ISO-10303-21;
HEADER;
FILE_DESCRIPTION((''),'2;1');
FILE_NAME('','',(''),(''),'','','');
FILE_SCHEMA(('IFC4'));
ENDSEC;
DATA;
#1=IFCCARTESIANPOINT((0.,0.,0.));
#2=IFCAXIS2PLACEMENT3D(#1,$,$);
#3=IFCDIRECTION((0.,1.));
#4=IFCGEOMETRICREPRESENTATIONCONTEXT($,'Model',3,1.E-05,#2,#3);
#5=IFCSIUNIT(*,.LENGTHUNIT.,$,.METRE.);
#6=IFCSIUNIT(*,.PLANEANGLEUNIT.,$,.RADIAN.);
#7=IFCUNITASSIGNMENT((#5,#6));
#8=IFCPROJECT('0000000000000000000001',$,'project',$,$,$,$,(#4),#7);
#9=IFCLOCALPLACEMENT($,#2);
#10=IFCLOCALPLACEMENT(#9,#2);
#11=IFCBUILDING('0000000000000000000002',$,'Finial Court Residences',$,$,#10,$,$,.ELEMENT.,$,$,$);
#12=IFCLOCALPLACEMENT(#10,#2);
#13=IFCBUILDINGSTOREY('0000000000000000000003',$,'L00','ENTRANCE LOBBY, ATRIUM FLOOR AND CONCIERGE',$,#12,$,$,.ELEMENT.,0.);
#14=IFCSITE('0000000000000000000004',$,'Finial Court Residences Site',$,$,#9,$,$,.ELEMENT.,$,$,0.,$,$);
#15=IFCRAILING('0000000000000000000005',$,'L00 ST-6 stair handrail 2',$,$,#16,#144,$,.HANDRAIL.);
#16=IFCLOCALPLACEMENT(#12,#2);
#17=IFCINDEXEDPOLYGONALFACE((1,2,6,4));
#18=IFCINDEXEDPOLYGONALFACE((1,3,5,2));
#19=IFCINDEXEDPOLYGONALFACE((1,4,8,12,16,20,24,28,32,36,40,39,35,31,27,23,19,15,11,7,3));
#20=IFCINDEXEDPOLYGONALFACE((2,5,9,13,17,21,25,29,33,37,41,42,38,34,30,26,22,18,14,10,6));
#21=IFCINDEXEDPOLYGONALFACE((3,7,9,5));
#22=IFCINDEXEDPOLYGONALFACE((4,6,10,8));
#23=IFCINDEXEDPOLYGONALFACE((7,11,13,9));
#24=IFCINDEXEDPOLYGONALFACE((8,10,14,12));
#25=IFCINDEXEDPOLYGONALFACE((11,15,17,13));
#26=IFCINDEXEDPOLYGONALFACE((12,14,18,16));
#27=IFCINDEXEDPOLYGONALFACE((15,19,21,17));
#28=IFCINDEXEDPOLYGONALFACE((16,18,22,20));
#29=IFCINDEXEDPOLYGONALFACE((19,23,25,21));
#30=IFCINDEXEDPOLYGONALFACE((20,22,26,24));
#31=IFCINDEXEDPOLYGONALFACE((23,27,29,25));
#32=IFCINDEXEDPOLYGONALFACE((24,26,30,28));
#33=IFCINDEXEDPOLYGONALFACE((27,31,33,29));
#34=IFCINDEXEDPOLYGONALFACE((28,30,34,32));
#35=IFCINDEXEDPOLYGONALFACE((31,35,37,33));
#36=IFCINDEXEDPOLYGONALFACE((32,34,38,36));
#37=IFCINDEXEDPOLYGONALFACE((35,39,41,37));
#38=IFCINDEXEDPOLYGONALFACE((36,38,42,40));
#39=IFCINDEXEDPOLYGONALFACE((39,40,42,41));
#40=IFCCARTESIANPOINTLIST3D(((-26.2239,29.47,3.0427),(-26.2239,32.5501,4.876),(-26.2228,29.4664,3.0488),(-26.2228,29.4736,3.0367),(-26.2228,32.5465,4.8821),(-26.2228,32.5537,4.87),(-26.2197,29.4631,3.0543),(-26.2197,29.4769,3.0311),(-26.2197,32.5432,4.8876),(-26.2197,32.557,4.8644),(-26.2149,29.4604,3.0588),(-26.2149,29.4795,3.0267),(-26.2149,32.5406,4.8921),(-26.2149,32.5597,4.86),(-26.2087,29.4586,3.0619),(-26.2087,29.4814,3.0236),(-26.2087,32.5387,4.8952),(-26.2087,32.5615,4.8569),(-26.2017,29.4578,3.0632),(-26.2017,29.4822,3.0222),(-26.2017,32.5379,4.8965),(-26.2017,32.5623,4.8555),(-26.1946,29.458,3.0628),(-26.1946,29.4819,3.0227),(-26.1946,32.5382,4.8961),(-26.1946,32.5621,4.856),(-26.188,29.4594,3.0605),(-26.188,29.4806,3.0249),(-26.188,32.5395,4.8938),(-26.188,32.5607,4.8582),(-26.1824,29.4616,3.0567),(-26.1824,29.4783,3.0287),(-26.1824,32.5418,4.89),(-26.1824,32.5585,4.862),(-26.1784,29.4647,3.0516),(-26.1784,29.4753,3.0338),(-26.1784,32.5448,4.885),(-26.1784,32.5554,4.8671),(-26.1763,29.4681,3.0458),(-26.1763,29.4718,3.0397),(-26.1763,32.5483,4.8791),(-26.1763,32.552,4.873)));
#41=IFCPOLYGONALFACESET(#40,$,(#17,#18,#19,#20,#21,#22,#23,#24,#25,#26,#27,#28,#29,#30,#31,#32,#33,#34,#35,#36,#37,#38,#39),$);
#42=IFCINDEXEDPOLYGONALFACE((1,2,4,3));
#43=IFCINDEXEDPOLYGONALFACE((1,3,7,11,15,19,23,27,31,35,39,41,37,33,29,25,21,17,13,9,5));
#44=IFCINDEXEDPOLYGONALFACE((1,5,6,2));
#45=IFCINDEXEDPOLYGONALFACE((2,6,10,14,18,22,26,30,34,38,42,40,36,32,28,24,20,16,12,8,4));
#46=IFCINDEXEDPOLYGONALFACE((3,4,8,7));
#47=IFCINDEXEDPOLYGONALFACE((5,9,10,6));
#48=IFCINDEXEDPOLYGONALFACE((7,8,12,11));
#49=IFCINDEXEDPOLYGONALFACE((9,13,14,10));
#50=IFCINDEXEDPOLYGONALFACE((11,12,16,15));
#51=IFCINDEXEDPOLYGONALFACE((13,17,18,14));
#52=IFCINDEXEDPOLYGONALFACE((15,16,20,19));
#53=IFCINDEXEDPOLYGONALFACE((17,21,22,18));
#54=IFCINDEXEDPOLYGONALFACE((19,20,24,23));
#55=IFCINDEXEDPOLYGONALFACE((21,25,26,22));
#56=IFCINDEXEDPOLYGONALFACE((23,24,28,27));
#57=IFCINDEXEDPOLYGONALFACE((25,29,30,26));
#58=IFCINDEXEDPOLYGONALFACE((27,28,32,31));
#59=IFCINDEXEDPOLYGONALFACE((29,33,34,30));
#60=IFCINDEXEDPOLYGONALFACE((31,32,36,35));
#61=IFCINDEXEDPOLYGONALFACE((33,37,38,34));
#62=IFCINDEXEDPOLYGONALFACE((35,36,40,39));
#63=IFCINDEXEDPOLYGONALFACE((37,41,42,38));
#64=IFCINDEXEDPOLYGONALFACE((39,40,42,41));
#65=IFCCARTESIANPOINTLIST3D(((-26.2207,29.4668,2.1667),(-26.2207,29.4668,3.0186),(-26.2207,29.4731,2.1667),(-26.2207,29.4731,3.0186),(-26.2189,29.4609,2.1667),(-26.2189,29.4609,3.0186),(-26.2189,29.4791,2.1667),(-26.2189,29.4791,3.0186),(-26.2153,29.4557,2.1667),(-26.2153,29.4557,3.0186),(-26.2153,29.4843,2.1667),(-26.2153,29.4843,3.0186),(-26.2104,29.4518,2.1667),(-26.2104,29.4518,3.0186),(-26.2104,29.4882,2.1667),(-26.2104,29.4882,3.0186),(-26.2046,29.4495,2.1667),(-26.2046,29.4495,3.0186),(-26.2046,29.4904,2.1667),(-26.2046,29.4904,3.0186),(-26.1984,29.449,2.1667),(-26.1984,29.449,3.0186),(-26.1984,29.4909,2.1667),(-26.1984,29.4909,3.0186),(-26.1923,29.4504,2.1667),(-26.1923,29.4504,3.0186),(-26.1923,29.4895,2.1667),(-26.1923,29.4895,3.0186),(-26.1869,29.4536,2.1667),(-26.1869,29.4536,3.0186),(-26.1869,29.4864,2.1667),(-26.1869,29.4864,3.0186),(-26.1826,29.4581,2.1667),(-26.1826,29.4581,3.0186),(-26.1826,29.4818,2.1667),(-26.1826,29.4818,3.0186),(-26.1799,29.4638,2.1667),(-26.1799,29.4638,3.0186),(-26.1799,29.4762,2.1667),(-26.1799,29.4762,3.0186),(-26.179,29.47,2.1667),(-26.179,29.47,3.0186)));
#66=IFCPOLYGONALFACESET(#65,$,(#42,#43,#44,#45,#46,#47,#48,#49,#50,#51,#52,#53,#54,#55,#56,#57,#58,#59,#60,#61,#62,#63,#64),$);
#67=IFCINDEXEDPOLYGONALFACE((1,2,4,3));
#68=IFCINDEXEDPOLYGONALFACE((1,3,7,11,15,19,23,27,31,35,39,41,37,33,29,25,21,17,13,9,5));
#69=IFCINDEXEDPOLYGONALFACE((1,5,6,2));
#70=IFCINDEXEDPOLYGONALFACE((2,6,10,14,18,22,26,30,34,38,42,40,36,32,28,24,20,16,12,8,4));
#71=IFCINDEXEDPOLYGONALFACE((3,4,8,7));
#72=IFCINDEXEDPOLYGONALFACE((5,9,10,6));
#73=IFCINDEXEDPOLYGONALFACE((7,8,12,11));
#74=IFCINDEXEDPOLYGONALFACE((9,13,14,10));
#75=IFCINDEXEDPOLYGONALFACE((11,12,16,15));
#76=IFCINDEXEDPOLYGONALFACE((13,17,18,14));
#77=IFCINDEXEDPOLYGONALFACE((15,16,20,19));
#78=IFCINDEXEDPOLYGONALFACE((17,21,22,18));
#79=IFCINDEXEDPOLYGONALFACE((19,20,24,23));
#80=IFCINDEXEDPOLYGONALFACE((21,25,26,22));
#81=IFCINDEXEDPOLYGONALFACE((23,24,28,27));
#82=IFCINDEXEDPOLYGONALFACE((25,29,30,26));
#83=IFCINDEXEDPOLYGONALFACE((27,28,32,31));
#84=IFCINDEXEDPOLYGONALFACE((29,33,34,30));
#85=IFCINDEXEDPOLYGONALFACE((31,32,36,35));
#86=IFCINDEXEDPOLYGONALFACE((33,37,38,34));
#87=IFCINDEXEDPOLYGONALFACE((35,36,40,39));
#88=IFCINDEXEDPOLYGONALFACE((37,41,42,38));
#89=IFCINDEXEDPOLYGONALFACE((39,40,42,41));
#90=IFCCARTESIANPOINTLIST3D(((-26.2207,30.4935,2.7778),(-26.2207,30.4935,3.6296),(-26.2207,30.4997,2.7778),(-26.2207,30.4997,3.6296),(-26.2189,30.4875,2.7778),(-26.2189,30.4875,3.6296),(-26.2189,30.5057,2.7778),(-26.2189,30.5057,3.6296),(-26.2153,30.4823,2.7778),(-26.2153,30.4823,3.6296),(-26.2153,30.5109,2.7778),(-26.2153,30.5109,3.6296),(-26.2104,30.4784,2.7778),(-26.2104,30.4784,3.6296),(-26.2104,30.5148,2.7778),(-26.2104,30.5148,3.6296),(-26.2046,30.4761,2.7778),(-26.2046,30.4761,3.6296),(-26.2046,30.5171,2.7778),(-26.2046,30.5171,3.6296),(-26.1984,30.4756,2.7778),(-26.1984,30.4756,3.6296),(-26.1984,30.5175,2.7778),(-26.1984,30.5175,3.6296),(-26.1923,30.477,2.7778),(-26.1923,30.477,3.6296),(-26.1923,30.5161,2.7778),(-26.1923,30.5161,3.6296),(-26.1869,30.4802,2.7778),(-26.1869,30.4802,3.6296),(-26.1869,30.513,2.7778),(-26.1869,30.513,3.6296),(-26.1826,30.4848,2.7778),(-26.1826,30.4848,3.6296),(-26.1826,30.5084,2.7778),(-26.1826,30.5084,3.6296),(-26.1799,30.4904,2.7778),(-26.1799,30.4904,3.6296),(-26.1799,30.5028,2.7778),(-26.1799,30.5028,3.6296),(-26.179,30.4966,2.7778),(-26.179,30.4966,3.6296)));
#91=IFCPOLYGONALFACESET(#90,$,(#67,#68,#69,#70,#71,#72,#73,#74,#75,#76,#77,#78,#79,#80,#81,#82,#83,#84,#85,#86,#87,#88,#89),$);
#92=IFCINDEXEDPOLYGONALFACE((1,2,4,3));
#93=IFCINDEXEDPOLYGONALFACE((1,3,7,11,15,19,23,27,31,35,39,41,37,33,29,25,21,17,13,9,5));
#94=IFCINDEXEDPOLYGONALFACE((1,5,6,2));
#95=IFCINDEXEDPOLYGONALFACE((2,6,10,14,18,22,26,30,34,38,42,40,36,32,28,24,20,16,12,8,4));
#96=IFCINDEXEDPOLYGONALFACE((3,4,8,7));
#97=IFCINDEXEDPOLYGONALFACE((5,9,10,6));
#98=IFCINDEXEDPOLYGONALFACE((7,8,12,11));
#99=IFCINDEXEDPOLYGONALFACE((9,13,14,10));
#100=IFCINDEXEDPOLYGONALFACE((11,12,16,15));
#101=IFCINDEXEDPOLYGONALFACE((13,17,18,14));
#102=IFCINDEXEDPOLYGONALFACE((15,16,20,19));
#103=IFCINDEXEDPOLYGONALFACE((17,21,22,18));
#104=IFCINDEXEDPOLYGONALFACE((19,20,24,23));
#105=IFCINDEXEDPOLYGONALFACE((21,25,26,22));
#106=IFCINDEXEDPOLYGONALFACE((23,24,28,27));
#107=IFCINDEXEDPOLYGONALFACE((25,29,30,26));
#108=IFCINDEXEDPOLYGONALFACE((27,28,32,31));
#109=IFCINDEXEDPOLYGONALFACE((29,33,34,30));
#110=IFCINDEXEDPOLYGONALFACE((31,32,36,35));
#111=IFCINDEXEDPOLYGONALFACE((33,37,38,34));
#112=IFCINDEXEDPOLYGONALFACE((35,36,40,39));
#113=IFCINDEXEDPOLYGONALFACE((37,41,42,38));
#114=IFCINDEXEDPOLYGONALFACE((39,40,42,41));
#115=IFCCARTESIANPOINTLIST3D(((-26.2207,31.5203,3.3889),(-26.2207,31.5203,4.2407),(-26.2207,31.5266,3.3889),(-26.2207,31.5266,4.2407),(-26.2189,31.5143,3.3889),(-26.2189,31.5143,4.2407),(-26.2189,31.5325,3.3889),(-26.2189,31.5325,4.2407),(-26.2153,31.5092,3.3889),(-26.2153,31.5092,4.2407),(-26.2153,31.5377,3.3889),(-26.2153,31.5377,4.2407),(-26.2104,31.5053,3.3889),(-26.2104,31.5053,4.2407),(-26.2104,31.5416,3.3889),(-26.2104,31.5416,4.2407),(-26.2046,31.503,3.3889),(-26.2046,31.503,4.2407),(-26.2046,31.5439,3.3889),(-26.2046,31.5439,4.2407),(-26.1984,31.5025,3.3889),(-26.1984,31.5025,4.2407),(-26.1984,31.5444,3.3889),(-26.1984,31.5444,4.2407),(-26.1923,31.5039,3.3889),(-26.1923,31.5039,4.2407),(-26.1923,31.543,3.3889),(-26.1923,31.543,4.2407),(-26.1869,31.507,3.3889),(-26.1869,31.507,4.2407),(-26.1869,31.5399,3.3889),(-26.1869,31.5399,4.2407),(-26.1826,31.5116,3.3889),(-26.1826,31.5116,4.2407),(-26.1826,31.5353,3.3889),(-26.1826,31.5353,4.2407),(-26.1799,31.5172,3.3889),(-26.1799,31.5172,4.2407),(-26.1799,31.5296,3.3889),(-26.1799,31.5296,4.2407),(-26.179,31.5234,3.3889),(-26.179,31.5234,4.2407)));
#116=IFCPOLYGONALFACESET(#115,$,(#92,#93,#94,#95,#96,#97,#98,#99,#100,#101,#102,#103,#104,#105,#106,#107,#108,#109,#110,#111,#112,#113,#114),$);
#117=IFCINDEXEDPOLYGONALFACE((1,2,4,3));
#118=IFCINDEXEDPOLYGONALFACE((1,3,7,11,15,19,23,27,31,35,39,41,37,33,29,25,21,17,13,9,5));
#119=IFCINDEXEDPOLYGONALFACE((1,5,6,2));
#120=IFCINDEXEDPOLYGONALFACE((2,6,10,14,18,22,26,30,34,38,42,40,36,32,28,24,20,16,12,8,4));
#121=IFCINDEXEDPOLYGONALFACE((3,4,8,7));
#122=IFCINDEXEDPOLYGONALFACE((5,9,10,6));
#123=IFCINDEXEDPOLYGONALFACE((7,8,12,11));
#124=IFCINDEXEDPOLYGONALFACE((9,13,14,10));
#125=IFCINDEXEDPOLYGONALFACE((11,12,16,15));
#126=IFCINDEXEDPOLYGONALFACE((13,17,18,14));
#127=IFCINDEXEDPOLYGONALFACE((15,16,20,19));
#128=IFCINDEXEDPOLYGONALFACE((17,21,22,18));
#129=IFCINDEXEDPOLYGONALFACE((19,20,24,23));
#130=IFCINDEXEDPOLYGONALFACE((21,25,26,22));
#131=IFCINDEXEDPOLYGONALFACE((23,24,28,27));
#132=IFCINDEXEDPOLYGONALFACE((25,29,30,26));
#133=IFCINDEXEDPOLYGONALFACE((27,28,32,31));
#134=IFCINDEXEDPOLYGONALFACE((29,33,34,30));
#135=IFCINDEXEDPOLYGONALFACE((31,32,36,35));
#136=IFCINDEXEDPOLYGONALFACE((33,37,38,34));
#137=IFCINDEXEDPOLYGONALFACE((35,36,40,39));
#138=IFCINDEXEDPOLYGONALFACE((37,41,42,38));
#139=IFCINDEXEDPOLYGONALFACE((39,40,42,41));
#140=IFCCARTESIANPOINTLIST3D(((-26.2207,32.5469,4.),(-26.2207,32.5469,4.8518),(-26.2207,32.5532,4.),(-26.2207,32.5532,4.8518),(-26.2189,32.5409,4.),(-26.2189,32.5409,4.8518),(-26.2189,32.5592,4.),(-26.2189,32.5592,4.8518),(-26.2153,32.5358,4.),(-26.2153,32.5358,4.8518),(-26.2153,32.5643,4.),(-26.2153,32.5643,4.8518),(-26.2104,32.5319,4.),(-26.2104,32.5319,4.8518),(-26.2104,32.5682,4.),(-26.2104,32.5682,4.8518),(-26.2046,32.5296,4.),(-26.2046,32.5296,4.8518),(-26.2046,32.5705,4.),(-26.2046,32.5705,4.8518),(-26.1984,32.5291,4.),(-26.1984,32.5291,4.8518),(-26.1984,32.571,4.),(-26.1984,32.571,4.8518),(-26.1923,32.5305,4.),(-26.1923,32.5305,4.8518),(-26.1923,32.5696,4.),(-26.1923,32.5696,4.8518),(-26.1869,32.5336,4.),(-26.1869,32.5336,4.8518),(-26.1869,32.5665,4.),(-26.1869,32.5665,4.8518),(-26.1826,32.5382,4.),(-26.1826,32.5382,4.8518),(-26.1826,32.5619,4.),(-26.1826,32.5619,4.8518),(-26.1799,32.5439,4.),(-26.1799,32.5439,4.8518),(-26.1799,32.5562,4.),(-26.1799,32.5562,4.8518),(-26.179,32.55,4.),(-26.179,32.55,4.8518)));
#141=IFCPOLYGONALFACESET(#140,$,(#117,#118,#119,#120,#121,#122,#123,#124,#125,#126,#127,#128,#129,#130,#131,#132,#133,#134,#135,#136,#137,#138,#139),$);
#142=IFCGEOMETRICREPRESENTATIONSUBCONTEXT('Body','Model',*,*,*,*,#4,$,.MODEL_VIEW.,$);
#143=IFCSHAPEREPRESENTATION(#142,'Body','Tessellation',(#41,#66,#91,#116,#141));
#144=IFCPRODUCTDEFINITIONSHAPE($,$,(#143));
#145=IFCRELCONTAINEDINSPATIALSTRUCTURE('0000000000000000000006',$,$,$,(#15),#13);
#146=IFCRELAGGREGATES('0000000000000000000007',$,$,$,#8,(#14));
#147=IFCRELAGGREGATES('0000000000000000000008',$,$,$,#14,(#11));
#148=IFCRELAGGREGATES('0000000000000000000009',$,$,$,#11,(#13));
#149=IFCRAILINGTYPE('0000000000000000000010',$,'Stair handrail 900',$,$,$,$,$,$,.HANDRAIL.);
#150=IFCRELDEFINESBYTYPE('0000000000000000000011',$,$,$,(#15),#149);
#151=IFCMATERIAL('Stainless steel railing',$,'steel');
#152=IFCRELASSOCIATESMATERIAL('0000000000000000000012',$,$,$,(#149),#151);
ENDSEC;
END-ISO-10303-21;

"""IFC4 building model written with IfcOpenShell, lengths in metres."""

from ifc_helpers import new_model, si_unit, direction, frame, origin, origin_2d, place, context, subcontext, project, spatial, circle, extrude, material, type_object, element, save


model = new_model("IFC4")

# Units and contexts
model_context = context("Model", 3, precision=1e-05, world=origin(), true_north=direction((0.0, 1.0)))
body_context = subcontext(model_context, "Body", "Model", "MODEL_VIEW")
ifc_project = project(units=[si_unit("LENGTHUNIT", "METRE"), si_unit("PLANEANGLEUNIT", "RADIAN")], contexts=[model_context])

# Site, building, storey
site_placement = place(None, origin())
site = spatial("IfcSite", under=ifc_project, at=site_placement, Name="Finial Court Residences Site", CompositionType="ELEMENT", RefElevation=0.0)
building_placement = place(site_placement, origin())
building = spatial("IfcBuilding", under=site, at=building_placement, Name="Finial Court Residences", CompositionType="ELEMENT")
storey_placement = place(building_placement, origin())
storey = spatial("IfcBuildingStorey", under=building, at=storey_placement, Name="L00", Description="ENTRANCE LOBBY, ATRIUM FLOOR AND CONCIERGE", CompositionType="ELEMENT", Elevation=0.0)

# Railing
ifc_material_1 = material(Name="Stainless steel railing", Category="steel")
railing_type_1 = type_object("IfcRailingType", Name="Stair handrail 900", PredefinedType="HANDRAIL", material=ifc_material_1)
railing_1_placement = place(storey_placement, frame((-26.2, 29.47, 2.1667)))
element("IfcRailing", 1, at=railing_1_placement, inside=storey, type_object=railing_type_1, Name="L00 ST-6 stair handrail 2", PredefinedType="HANDRAIL", context=body_context, shape_type="SweptSolid", body=[
    extrude(circle(Radius=0.0239, at=origin_2d()), frame((0.0, 0.0, 0.876), z_axis=(0.0, 0.859309, 0.511458), x_axis=(-1.0, 0.0, 0.0)), (0.0, 0.0, 1.0), 3.5845),
    extrude(circle(Radius=0.021, at=origin_2d()), origin(), (0.0, 0.0, 1.0), 0.8518),
    extrude(circle(Radius=0.021, at=origin_2d()), frame((0.0, 1.0266, 0.6111)), (0.0, 0.0, 1.0), 0.8518),
    extrude(circle(Radius=0.021, at=origin_2d()), frame((0.0, 2.0535, 1.2222)), (0.0, 0.0, 1.0), 0.8518),
    extrude(circle(Radius=0.021, at=origin_2d()), frame((0.0, 3.0801, 1.8333)), (0.0, 0.0, 1.0), 0.8518),
])

save(model, "model.ifc")
